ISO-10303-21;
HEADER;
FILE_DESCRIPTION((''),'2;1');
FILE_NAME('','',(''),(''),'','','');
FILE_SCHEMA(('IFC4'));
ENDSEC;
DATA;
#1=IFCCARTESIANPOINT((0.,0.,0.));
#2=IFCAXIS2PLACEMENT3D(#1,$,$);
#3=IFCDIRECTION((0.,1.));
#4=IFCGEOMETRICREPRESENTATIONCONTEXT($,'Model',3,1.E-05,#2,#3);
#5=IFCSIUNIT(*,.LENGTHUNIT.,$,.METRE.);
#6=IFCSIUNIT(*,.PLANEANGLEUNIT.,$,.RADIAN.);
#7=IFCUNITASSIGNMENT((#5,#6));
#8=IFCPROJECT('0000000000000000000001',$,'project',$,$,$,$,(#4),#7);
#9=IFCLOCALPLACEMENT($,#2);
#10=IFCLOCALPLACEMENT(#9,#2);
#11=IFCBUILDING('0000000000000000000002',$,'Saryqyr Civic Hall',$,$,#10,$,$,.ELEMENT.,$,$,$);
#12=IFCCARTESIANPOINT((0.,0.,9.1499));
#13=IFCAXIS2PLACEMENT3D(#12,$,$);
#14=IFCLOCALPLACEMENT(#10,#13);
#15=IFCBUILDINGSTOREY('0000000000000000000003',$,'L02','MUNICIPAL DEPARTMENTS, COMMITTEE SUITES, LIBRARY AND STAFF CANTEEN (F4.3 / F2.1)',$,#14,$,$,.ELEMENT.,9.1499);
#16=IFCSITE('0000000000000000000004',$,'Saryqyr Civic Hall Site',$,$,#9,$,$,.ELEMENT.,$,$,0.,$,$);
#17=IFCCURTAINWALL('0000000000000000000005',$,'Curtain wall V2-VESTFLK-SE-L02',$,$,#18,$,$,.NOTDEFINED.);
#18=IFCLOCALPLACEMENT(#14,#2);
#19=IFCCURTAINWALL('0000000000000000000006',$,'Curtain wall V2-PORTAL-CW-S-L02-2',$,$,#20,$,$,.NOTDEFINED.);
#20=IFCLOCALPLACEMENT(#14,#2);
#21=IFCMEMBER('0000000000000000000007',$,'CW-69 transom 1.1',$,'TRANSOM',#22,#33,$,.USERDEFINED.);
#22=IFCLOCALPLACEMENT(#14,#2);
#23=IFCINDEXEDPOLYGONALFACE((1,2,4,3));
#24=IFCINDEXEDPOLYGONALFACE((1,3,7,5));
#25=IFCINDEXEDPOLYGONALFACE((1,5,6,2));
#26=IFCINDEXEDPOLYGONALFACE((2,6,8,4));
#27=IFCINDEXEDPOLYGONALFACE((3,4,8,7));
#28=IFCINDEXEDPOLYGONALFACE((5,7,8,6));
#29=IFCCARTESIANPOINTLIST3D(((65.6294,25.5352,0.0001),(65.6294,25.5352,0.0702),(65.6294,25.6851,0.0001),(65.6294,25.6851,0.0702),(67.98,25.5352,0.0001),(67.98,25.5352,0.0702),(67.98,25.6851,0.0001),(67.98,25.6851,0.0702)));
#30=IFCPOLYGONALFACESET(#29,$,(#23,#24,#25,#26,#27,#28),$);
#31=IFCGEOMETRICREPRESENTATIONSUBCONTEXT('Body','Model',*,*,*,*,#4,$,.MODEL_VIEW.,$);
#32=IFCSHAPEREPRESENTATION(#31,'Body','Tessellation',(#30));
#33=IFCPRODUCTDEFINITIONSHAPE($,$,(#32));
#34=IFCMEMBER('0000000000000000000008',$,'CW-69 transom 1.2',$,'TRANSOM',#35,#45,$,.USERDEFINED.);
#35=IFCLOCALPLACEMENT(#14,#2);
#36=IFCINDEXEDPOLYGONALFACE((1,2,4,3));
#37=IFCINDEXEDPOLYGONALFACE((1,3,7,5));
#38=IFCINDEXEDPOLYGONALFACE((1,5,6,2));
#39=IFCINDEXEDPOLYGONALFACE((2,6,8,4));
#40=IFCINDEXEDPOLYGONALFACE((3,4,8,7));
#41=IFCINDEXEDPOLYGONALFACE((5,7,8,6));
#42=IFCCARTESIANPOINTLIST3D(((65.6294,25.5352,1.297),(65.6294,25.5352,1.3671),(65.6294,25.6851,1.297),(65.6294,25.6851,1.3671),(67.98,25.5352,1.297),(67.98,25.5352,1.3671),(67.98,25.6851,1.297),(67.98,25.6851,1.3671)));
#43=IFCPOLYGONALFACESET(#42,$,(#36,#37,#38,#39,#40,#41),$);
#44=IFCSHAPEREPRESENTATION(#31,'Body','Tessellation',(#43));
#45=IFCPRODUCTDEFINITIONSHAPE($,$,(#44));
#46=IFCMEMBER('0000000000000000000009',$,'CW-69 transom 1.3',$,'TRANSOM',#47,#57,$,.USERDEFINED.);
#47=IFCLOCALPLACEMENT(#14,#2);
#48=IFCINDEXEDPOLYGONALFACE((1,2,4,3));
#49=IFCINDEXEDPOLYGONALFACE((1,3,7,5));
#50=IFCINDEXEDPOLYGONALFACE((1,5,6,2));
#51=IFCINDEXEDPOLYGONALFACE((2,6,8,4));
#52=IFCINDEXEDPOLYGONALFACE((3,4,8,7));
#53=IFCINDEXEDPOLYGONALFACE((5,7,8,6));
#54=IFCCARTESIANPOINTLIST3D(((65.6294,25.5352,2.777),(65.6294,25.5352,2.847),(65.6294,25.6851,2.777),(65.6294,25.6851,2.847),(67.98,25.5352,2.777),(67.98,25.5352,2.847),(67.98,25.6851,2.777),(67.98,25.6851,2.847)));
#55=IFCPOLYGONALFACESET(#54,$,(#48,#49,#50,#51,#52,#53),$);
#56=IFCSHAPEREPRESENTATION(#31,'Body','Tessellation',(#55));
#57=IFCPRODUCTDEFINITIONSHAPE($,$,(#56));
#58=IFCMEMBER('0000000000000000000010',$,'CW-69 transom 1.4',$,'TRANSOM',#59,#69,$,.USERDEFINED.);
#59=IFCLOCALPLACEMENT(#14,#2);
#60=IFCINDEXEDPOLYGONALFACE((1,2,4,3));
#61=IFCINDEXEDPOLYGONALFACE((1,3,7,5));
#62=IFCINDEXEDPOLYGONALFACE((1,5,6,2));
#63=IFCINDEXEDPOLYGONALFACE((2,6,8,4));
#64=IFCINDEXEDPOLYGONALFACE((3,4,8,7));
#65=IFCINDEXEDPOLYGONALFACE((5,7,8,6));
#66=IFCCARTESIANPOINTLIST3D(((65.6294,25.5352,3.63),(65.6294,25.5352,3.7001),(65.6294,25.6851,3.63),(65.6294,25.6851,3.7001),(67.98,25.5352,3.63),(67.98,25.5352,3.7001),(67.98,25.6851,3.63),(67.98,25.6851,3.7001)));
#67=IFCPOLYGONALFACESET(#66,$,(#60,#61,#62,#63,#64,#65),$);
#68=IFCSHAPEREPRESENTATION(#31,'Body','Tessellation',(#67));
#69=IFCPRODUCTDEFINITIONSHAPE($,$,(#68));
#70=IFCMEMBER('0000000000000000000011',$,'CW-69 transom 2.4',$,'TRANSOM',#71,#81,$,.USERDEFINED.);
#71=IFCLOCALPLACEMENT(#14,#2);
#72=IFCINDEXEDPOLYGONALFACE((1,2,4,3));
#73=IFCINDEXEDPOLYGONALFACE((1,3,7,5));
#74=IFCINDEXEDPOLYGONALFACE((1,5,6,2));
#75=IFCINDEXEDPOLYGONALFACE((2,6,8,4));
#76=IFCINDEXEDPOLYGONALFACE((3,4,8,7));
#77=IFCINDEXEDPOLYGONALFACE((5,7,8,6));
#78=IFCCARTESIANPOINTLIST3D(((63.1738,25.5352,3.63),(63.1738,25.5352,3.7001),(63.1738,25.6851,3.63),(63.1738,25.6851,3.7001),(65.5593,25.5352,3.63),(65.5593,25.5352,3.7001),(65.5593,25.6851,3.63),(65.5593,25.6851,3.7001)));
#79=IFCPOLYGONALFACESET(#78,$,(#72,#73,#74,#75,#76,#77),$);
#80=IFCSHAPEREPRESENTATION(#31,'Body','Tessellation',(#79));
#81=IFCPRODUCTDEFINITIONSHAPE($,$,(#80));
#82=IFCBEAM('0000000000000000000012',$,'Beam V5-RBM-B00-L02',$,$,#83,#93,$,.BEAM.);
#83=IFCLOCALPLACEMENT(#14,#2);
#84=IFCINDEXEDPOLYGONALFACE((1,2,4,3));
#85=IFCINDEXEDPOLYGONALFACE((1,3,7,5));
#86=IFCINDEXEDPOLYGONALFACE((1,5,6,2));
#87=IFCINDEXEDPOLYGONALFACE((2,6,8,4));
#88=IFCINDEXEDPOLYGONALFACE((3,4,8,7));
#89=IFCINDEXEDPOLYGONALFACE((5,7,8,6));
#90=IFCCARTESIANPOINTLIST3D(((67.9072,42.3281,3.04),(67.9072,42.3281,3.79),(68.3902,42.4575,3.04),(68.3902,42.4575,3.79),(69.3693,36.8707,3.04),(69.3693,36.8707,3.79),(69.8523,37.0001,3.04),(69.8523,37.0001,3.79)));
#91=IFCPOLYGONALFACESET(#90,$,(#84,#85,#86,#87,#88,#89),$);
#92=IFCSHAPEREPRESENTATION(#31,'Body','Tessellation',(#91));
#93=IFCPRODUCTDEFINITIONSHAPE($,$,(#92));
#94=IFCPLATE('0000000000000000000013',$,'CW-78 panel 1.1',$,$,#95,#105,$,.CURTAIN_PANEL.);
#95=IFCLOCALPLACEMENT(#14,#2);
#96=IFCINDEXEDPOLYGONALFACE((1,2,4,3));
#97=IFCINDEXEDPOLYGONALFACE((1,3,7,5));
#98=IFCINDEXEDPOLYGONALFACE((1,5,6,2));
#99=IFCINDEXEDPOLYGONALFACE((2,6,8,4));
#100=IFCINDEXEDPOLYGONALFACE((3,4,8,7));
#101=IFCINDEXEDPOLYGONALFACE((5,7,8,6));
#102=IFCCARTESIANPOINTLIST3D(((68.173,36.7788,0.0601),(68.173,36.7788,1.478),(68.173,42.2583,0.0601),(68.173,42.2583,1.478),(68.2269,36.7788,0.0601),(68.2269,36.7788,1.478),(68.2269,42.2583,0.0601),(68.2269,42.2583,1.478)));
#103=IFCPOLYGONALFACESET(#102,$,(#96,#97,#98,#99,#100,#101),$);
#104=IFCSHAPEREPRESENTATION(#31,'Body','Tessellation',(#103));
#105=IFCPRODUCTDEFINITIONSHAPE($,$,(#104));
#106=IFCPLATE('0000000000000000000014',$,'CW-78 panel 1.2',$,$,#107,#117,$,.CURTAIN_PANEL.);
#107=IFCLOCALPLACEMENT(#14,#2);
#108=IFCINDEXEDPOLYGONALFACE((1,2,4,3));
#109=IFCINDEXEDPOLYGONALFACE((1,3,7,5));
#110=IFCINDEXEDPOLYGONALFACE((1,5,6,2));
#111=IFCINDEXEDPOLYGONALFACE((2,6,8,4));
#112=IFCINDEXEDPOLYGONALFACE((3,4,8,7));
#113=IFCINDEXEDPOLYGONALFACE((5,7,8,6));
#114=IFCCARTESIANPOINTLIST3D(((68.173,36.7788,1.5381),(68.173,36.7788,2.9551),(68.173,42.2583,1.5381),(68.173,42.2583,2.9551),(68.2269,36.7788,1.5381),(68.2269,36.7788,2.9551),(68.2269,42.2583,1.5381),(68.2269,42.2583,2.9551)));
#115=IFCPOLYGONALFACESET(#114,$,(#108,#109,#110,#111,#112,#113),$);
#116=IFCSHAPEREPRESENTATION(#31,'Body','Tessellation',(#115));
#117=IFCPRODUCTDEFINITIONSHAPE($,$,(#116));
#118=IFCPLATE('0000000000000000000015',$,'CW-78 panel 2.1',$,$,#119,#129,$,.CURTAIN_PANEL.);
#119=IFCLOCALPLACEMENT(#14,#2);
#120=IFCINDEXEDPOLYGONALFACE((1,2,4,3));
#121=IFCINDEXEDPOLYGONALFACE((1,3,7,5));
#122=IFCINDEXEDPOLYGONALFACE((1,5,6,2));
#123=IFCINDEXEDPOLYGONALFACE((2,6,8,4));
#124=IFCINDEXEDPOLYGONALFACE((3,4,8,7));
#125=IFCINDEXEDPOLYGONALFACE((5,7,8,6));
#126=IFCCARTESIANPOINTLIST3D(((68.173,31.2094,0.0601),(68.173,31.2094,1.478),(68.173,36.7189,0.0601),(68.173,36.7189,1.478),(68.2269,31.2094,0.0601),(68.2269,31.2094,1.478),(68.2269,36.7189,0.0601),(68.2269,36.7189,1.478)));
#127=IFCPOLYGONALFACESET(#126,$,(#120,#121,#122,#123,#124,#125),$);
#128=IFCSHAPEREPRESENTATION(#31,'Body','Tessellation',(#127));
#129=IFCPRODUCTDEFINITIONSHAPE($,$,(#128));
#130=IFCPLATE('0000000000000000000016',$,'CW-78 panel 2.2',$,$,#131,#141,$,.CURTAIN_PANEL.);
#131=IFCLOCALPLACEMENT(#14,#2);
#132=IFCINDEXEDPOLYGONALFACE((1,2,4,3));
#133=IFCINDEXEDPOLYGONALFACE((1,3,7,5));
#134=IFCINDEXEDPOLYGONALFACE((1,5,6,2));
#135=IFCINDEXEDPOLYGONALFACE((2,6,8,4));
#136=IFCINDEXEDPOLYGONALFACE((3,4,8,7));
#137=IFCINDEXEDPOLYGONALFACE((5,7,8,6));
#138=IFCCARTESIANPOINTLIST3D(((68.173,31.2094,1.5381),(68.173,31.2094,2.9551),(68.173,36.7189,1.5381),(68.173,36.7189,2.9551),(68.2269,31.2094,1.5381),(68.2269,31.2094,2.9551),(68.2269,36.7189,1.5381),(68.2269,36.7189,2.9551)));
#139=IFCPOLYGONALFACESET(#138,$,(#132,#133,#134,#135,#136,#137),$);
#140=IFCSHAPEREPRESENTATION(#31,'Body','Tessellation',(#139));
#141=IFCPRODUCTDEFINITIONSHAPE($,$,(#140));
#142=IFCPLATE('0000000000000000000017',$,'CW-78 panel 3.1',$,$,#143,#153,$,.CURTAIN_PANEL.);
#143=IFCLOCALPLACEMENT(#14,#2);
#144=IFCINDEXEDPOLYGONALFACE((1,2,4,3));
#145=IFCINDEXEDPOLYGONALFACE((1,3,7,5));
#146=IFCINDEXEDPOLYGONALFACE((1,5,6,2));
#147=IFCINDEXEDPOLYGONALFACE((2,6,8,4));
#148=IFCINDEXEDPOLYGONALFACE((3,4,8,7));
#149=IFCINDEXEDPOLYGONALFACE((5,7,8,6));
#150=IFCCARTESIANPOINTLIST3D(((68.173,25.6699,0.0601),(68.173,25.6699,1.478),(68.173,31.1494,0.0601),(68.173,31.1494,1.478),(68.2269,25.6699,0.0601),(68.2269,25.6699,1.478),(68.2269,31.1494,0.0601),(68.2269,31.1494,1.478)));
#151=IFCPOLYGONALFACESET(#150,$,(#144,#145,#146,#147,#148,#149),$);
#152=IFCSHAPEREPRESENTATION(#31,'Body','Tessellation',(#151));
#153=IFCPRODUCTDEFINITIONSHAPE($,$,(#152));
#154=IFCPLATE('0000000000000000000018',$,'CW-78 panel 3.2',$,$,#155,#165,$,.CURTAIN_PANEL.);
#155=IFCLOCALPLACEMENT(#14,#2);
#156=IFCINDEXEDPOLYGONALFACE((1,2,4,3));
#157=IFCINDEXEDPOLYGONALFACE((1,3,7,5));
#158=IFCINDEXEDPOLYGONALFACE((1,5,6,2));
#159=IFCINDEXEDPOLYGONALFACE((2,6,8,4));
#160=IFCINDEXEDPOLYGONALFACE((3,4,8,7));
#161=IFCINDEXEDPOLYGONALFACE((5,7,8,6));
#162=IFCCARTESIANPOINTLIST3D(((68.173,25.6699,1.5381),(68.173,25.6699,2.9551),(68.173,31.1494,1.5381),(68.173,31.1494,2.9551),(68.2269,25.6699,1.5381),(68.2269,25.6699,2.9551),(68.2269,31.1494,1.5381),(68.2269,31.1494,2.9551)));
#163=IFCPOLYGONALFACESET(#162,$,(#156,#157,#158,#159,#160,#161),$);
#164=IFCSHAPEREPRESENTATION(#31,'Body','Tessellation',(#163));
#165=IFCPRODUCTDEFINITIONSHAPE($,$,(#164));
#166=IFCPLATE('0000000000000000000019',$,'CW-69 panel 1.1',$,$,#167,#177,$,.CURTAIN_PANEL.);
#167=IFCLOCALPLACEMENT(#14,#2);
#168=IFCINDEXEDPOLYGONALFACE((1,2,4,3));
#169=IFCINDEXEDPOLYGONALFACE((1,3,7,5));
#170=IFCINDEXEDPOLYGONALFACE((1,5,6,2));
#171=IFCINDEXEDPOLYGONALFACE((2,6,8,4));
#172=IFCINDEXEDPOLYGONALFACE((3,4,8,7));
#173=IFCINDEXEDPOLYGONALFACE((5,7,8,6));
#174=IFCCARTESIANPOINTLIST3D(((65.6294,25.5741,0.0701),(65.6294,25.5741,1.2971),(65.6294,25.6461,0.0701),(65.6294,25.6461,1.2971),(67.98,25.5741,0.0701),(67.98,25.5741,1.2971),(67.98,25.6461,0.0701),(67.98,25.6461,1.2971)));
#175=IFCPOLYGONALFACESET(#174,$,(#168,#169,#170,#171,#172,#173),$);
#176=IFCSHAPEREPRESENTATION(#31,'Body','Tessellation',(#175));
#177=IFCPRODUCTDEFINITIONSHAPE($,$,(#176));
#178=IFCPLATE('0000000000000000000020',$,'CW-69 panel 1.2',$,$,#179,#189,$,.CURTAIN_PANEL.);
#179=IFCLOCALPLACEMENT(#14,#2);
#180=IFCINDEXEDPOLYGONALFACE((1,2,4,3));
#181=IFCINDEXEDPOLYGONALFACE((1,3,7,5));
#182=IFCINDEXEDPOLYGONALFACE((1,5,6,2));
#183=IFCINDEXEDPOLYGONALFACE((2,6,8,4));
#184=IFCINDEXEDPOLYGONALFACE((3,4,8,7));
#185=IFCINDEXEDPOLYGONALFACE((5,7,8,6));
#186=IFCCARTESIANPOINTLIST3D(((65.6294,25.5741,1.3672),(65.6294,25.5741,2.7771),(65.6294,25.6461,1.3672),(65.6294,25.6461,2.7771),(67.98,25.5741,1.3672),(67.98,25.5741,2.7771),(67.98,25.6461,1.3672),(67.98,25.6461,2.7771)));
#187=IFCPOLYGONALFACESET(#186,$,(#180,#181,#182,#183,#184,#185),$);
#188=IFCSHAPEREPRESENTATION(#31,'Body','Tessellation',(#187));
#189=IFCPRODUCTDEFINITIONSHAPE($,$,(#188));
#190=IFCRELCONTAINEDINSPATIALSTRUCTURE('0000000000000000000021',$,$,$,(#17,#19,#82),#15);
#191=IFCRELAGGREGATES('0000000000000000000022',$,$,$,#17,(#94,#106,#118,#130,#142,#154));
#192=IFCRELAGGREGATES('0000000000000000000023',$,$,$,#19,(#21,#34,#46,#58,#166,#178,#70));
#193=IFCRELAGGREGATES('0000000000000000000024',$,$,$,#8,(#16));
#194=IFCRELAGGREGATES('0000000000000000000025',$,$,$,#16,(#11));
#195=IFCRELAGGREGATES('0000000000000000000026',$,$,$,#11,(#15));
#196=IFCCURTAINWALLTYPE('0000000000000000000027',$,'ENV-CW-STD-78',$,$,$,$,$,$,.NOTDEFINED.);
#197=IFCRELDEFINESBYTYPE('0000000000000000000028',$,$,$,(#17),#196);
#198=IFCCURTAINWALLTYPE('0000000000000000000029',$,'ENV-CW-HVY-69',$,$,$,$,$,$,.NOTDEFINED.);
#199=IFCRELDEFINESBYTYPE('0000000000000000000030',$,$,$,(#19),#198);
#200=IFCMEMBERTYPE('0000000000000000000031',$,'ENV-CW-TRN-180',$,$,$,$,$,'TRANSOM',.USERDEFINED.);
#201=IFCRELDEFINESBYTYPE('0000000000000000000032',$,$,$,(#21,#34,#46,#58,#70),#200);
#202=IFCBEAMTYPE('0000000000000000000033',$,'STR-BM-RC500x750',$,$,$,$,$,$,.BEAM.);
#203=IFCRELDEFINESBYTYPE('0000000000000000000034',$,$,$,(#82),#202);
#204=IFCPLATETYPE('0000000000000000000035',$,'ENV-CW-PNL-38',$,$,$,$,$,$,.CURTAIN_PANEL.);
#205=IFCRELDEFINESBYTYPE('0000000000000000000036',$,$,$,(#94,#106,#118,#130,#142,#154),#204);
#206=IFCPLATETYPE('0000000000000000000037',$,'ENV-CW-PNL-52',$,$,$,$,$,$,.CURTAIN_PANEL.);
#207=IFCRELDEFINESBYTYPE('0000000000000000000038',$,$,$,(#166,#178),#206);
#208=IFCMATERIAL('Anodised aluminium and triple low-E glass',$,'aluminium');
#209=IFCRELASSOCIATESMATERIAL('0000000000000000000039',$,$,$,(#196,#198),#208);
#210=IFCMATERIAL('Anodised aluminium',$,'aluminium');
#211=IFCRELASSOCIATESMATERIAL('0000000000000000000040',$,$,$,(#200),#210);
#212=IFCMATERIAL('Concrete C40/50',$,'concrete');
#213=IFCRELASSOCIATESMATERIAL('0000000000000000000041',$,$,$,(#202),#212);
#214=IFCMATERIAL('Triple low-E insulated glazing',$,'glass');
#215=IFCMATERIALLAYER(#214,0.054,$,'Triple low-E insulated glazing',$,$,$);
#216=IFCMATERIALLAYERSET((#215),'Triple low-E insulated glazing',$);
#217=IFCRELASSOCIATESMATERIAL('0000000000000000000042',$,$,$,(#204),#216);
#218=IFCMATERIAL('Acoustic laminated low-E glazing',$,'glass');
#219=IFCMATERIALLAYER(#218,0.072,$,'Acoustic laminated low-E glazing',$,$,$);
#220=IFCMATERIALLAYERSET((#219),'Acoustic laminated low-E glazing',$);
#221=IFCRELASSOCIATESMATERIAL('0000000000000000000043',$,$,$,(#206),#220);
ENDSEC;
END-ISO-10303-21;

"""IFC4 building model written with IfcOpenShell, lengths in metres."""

from ifc_helpers import new_model, si_unit, direction, frame, origin, origin_2d, place, context, subcontext, project, spatial, rectangle, extrude, material, layer, layer_set, material_profile, profile_set, type_object, element, aggregate, save


model = new_model("IFC4")

# Units and contexts
model_context = context("Model", 3, precision=1e-05, world=origin(), true_north=direction((0.0, 1.0)))
body_context = subcontext(model_context, "Body", "Model", "MODEL_VIEW")
ifc_project = project(units=[si_unit("LENGTHUNIT", "METRE"), si_unit("PLANEANGLEUNIT", "RADIAN")], contexts=[model_context])

# Site, building, storey
site_placement = place(None, origin())
site = spatial("IfcSite", under=ifc_project, at=site_placement, Name="Saryqyr Civic Hall Site", CompositionType="ELEMENT", RefElevation=0.0)
building_placement = place(site_placement, origin())
building = spatial("IfcBuilding", under=site, at=building_placement, Name="Saryqyr Civic Hall", CompositionType="ELEMENT")
storey_placement = place(building_placement, frame((0.0, 0.0, 9.1499)))
storey = spatial("IfcBuildingStorey", under=building, at=storey_placement, Name="L02", Description="MUNICIPAL DEPARTMENTS, COMMITTEE SUITES, LIBRARY AND STAFF CANTEEN (F4.3 / F2.1)", CompositionType="ELEMENT", Elevation=9.1499)

# Shared definitions
ifc_material_1 = material(Name="Concrete C40/50", Category="concrete")

# Curtain walls
ifc_material_2 = material(Name="Anodised aluminium and triple low-E glass", Category="aluminium")
curtain_wall_type_1 = type_object("IfcCurtainWallType", Name="ENV-CW-STD-78", PredefinedType="NOTDEFINED", material=ifc_material_2)
curtain_wall_1_placement = place(storey_placement, origin())
curtain_wall_1 = element("IfcCurtainWall", 1, at=curtain_wall_1_placement, inside=storey, type_object=curtain_wall_type_1, Name="Curtain wall V2-VESTFLK-SE-L02", PredefinedType="NOTDEFINED")
ifc_material_3 = material(Name="Anodised aluminium", Category="aluminium")
curtain_wall_type_2 = type_object("IfcCurtainWallType", Name="ENV-CW-HVY-69", PredefinedType="NOTDEFINED", material=ifc_material_2)
curtain_wall_2_placement = place(storey_placement, origin())
curtain_wall_2 = element("IfcCurtainWall", 2, at=curtain_wall_2_placement, inside=storey, type_object=curtain_wall_type_2, Name="Curtain wall V2-PORTAL-CW-S-L02-2", PredefinedType="NOTDEFINED")

# Members
ifc_material_profile_1 = material_profile(ifc_material_3, rectangle(XDim=0.1499, YDim=0.0701, at=origin_2d()), Name="ALU TRANSOM 150x70")
ifc_profile_set_1 = profile_set([ifc_material_profile_1], Name="Anodised aluminium")
member_type_1 = type_object("IfcMemberType", Name="ENV-CW-TRN-180", ElementType="TRANSOM", PredefinedType="USERDEFINED", material=ifc_profile_set_1)
member_1_placement = place(storey_placement, frame((67.98, 25.6101, 0.0352), z_axis=(-1.0, 0.0, 0.0), x_axis=(0.0, -1.0, 0.0)))
member_1 = element("IfcMember", 3, at=member_1_placement, type_object=member_type_1, Name="CW-69 transom 1.1", ObjectType="TRANSOM", PredefinedType="USERDEFINED", context=body_context, shape_type="SweptSolid", body=[
    extrude(rectangle(XDim=0.1499, YDim=0.0701, at=origin_2d()), origin(), (0.0, 0.0, 1.0), 2.3506),
])
member_2_placement = place(storey_placement, frame((67.98, 25.6101, 1.332), z_axis=(-1.0, 0.0, 0.0), x_axis=(0.0, -1.0, 0.0)))
member_2 = element("IfcMember", 4, at=member_2_placement, type_object=member_type_1, Name="CW-69 transom 1.2", ObjectType="TRANSOM", PredefinedType="USERDEFINED", context=body_context, shape_type="SweptSolid", body=[
    extrude(rectangle(XDim=0.1499, YDim=0.0701, at=origin_2d()), origin(), (0.0, 0.0, 1.0), 2.3506),
])
member_3_placement = place(storey_placement, frame((67.98, 25.6101, 2.812), z_axis=(-1.0, 0.0, 0.0), x_axis=(0.0, -1.0, 0.0)))
member_3 = element("IfcMember", 5, at=member_3_placement, type_object=member_type_1, Name="CW-69 transom 1.3", ObjectType="TRANSOM", PredefinedType="USERDEFINED", context=body_context, shape_type="SweptSolid", body=[
    extrude(rectangle(XDim=0.1499, YDim=0.0701, at=origin_2d()), origin(), (0.0, 0.0, 1.0), 2.3506),
])
member_4_placement = place(storey_placement, frame((67.98, 25.6101, 3.665), z_axis=(-1.0, 0.0, 0.0), x_axis=(0.0, -1.0, 0.0)))
member_4 = element("IfcMember", 6, at=member_4_placement, type_object=member_type_1, Name="CW-69 transom 1.4", ObjectType="TRANSOM", PredefinedType="USERDEFINED", context=body_context, shape_type="SweptSolid", body=[
    extrude(rectangle(XDim=0.1499, YDim=0.0701, at=origin_2d()), origin(), (0.0, 0.0, 1.0), 2.3506),
])
member_5_placement = place(storey_placement, frame((65.5593, 25.6101, 3.665), z_axis=(-1.0, 0.0, 0.0), x_axis=(0.0, -1.0, 0.0)))
member_5 = element("IfcMember", 7, at=member_5_placement, type_object=member_type_1, Name="CW-69 transom 2.4", ObjectType="TRANSOM", PredefinedType="USERDEFINED", context=body_context, shape_type="SweptSolid", body=[
    extrude(rectangle(XDim=0.1499, YDim=0.0701, at=origin_2d()), origin(), (0.0, 0.0, 1.0), 2.3855),
])

# Beam
ifc_material_profile_2 = material_profile(ifc_material_1, rectangle(XDim=0.5, YDim=0.75, at=origin_2d()), Name="RC 500x750")
ifc_profile_set_2 = profile_set([ifc_material_profile_2], Name="Concrete C40/50")
beam_type = type_object("IfcBeamType", Name="STR-BM-RC500x750", PredefinedType="BEAM", material=ifc_profile_set_2)
beam_placement = place(storey_placement, frame((68.1487, 42.3928, 3.415), z_axis=(0.258789, -0.965934, 0.0), x_axis=(0.965934, 0.258789, 0.0)))
element("IfcBeam", 8, at=beam_placement, inside=storey, type_object=beam_type, Name="Beam V5-RBM-B00-L02", PredefinedType="BEAM", context=body_context, shape_type="SweptSolid", body=[
    extrude(rectangle(XDim=0.5, YDim=0.75, at=origin_2d()), origin(), (0.0, 0.0, 1.0), 5.6499),
])

# Plates
ifc_material_4 = material(Name="Triple low-E insulated glazing", Category="glass")
ifc_layer_1 = layer(ifc_material_4, 0.054, Name="Triple low-E insulated glazing")
ifc_layer_set_1 = layer_set([ifc_layer_1], Name="Triple low-E insulated glazing")
plate_type_1 = type_object("IfcPlateType", Name="ENV-CW-PNL-38", PredefinedType="CURTAIN_PANEL", material=ifc_layer_set_1)
plate_1_placement = place(storey_placement, frame((68.2, 39.5186, 0.0601), z_axis=(0.0, 0.0, 1.0), x_axis=(0.0, -1.0, 0.0)))
plate_1 = element("IfcPlate", 9, at=plate_1_placement, type_object=plate_type_1, Name="CW-78 panel 1.1", PredefinedType="CURTAIN_PANEL", context=body_context, shape_type="SweptSolid", body=[
    extrude(rectangle(XDim=5.4795, YDim=0.054, at=origin_2d()), origin(), (0.0, 0.0, 1.0), 1.418),
])
plate_2_placement = place(storey_placement, frame((68.2, 39.5186, 1.5381), z_axis=(0.0, 0.0, 1.0), x_axis=(0.0, -1.0, 0.0)))
plate_2 = element("IfcPlate", 10, at=plate_2_placement, type_object=plate_type_1, Name="CW-78 panel 1.2", PredefinedType="CURTAIN_PANEL", context=body_context, shape_type="SweptSolid", body=[
    extrude(rectangle(XDim=5.4795, YDim=0.054, at=origin_2d()), origin(), (0.0, 0.0, 1.0), 1.417),
])
plate_3_placement = place(storey_placement, frame((68.2, 33.9641, 0.0601), z_axis=(0.0, 0.0, 1.0), x_axis=(0.0, -1.0, 0.0)))
plate_3 = element("IfcPlate", 11, at=plate_3_placement, type_object=plate_type_1, Name="CW-78 panel 2.1", PredefinedType="CURTAIN_PANEL", context=body_context, shape_type="SweptSolid", body=[
    extrude(rectangle(XDim=5.5095, YDim=0.054, at=origin_2d()), origin(), (0.0, 0.0, 1.0), 1.418),
])
plate_4_placement = place(storey_placement, frame((68.2, 33.9641, 1.5381), z_axis=(0.0, 0.0, 1.0), x_axis=(0.0, -1.0, 0.0)))
plate_4 = element("IfcPlate", 12, at=plate_4_placement, type_object=plate_type_1, Name="CW-78 panel 2.2", PredefinedType="CURTAIN_PANEL", context=body_context, shape_type="SweptSolid", body=[
    extrude(rectangle(XDim=5.5095, YDim=0.054, at=origin_2d()), origin(), (0.0, 0.0, 1.0), 1.417),
])
plate_5_placement = place(storey_placement, frame((68.2, 28.4097, 0.0601), z_axis=(0.0, 0.0, 1.0), x_axis=(0.0, -1.0, 0.0)))
plate_5 = element("IfcPlate", 13, at=plate_5_placement, type_object=plate_type_1, Name="CW-78 panel 3.1", PredefinedType="CURTAIN_PANEL", context=body_context, shape_type="SweptSolid", body=[
    extrude(rectangle(XDim=5.4795, YDim=0.054, at=origin_2d()), origin(), (0.0, 0.0, 1.0), 1.418),
])
plate_6_placement = place(storey_placement, frame((68.2, 28.4097, 1.5381), z_axis=(0.0, 0.0, 1.0), x_axis=(0.0, -1.0, 0.0)))
plate_6 = element("IfcPlate", 14, at=plate_6_placement, type_object=plate_type_1, Name="CW-78 panel 3.2", PredefinedType="CURTAIN_PANEL", context=body_context, shape_type="SweptSolid", body=[
    extrude(rectangle(XDim=5.4795, YDim=0.054, at=origin_2d()), origin(), (0.0, 0.0, 1.0), 1.417),
])
aggregate(curtain_wall_1, [plate_1, plate_2, plate_3, plate_4, plate_5, plate_6])
ifc_material_5 = material(Name="Acoustic laminated low-E glazing", Category="glass")
ifc_layer_2 = layer(ifc_material_5, 0.072, Name="Acoustic laminated low-E glazing")
ifc_layer_set_2 = layer_set([ifc_layer_2], Name="Acoustic laminated low-E glazing")
plate_type_2 = type_object("IfcPlateType", Name="ENV-CW-PNL-52", PredefinedType="CURTAIN_PANEL", material=ifc_layer_set_2)
plate_7_placement = place(storey_placement, frame((66.8047, 25.6101, 0.0701), z_axis=(0.0, 0.0, 1.0), x_axis=(-1.0, 0.0, 0.0)))
plate_7 = element("IfcPlate", 15, at=plate_7_placement, type_object=plate_type_2, Name="CW-69 panel 1.1", PredefinedType="CURTAIN_PANEL", context=body_context, shape_type="SweptSolid", body=[
    extrude(rectangle(XDim=2.3506, YDim=0.072, at=origin_2d()), origin(), (0.0, 0.0, 1.0), 1.2271),
])
plate_8_placement = place(storey_placement, frame((66.8047, 25.6101, 1.3672), z_axis=(0.0, 0.0, 1.0), x_axis=(-1.0, 0.0, 0.0)))
plate_8 = element("IfcPlate", 16, at=plate_8_placement, type_object=plate_type_2, Name="CW-69 panel 1.2", PredefinedType="CURTAIN_PANEL", context=body_context, shape_type="SweptSolid", body=[
    extrude(rectangle(XDim=2.3506, YDim=0.072, at=origin_2d()), origin(), (0.0, 0.0, 1.0), 1.4099),
])
aggregate(curtain_wall_2, [member_1, member_2, member_3, member_4, plate_7, plate_8, member_5])

save(model, "model.ifc")
